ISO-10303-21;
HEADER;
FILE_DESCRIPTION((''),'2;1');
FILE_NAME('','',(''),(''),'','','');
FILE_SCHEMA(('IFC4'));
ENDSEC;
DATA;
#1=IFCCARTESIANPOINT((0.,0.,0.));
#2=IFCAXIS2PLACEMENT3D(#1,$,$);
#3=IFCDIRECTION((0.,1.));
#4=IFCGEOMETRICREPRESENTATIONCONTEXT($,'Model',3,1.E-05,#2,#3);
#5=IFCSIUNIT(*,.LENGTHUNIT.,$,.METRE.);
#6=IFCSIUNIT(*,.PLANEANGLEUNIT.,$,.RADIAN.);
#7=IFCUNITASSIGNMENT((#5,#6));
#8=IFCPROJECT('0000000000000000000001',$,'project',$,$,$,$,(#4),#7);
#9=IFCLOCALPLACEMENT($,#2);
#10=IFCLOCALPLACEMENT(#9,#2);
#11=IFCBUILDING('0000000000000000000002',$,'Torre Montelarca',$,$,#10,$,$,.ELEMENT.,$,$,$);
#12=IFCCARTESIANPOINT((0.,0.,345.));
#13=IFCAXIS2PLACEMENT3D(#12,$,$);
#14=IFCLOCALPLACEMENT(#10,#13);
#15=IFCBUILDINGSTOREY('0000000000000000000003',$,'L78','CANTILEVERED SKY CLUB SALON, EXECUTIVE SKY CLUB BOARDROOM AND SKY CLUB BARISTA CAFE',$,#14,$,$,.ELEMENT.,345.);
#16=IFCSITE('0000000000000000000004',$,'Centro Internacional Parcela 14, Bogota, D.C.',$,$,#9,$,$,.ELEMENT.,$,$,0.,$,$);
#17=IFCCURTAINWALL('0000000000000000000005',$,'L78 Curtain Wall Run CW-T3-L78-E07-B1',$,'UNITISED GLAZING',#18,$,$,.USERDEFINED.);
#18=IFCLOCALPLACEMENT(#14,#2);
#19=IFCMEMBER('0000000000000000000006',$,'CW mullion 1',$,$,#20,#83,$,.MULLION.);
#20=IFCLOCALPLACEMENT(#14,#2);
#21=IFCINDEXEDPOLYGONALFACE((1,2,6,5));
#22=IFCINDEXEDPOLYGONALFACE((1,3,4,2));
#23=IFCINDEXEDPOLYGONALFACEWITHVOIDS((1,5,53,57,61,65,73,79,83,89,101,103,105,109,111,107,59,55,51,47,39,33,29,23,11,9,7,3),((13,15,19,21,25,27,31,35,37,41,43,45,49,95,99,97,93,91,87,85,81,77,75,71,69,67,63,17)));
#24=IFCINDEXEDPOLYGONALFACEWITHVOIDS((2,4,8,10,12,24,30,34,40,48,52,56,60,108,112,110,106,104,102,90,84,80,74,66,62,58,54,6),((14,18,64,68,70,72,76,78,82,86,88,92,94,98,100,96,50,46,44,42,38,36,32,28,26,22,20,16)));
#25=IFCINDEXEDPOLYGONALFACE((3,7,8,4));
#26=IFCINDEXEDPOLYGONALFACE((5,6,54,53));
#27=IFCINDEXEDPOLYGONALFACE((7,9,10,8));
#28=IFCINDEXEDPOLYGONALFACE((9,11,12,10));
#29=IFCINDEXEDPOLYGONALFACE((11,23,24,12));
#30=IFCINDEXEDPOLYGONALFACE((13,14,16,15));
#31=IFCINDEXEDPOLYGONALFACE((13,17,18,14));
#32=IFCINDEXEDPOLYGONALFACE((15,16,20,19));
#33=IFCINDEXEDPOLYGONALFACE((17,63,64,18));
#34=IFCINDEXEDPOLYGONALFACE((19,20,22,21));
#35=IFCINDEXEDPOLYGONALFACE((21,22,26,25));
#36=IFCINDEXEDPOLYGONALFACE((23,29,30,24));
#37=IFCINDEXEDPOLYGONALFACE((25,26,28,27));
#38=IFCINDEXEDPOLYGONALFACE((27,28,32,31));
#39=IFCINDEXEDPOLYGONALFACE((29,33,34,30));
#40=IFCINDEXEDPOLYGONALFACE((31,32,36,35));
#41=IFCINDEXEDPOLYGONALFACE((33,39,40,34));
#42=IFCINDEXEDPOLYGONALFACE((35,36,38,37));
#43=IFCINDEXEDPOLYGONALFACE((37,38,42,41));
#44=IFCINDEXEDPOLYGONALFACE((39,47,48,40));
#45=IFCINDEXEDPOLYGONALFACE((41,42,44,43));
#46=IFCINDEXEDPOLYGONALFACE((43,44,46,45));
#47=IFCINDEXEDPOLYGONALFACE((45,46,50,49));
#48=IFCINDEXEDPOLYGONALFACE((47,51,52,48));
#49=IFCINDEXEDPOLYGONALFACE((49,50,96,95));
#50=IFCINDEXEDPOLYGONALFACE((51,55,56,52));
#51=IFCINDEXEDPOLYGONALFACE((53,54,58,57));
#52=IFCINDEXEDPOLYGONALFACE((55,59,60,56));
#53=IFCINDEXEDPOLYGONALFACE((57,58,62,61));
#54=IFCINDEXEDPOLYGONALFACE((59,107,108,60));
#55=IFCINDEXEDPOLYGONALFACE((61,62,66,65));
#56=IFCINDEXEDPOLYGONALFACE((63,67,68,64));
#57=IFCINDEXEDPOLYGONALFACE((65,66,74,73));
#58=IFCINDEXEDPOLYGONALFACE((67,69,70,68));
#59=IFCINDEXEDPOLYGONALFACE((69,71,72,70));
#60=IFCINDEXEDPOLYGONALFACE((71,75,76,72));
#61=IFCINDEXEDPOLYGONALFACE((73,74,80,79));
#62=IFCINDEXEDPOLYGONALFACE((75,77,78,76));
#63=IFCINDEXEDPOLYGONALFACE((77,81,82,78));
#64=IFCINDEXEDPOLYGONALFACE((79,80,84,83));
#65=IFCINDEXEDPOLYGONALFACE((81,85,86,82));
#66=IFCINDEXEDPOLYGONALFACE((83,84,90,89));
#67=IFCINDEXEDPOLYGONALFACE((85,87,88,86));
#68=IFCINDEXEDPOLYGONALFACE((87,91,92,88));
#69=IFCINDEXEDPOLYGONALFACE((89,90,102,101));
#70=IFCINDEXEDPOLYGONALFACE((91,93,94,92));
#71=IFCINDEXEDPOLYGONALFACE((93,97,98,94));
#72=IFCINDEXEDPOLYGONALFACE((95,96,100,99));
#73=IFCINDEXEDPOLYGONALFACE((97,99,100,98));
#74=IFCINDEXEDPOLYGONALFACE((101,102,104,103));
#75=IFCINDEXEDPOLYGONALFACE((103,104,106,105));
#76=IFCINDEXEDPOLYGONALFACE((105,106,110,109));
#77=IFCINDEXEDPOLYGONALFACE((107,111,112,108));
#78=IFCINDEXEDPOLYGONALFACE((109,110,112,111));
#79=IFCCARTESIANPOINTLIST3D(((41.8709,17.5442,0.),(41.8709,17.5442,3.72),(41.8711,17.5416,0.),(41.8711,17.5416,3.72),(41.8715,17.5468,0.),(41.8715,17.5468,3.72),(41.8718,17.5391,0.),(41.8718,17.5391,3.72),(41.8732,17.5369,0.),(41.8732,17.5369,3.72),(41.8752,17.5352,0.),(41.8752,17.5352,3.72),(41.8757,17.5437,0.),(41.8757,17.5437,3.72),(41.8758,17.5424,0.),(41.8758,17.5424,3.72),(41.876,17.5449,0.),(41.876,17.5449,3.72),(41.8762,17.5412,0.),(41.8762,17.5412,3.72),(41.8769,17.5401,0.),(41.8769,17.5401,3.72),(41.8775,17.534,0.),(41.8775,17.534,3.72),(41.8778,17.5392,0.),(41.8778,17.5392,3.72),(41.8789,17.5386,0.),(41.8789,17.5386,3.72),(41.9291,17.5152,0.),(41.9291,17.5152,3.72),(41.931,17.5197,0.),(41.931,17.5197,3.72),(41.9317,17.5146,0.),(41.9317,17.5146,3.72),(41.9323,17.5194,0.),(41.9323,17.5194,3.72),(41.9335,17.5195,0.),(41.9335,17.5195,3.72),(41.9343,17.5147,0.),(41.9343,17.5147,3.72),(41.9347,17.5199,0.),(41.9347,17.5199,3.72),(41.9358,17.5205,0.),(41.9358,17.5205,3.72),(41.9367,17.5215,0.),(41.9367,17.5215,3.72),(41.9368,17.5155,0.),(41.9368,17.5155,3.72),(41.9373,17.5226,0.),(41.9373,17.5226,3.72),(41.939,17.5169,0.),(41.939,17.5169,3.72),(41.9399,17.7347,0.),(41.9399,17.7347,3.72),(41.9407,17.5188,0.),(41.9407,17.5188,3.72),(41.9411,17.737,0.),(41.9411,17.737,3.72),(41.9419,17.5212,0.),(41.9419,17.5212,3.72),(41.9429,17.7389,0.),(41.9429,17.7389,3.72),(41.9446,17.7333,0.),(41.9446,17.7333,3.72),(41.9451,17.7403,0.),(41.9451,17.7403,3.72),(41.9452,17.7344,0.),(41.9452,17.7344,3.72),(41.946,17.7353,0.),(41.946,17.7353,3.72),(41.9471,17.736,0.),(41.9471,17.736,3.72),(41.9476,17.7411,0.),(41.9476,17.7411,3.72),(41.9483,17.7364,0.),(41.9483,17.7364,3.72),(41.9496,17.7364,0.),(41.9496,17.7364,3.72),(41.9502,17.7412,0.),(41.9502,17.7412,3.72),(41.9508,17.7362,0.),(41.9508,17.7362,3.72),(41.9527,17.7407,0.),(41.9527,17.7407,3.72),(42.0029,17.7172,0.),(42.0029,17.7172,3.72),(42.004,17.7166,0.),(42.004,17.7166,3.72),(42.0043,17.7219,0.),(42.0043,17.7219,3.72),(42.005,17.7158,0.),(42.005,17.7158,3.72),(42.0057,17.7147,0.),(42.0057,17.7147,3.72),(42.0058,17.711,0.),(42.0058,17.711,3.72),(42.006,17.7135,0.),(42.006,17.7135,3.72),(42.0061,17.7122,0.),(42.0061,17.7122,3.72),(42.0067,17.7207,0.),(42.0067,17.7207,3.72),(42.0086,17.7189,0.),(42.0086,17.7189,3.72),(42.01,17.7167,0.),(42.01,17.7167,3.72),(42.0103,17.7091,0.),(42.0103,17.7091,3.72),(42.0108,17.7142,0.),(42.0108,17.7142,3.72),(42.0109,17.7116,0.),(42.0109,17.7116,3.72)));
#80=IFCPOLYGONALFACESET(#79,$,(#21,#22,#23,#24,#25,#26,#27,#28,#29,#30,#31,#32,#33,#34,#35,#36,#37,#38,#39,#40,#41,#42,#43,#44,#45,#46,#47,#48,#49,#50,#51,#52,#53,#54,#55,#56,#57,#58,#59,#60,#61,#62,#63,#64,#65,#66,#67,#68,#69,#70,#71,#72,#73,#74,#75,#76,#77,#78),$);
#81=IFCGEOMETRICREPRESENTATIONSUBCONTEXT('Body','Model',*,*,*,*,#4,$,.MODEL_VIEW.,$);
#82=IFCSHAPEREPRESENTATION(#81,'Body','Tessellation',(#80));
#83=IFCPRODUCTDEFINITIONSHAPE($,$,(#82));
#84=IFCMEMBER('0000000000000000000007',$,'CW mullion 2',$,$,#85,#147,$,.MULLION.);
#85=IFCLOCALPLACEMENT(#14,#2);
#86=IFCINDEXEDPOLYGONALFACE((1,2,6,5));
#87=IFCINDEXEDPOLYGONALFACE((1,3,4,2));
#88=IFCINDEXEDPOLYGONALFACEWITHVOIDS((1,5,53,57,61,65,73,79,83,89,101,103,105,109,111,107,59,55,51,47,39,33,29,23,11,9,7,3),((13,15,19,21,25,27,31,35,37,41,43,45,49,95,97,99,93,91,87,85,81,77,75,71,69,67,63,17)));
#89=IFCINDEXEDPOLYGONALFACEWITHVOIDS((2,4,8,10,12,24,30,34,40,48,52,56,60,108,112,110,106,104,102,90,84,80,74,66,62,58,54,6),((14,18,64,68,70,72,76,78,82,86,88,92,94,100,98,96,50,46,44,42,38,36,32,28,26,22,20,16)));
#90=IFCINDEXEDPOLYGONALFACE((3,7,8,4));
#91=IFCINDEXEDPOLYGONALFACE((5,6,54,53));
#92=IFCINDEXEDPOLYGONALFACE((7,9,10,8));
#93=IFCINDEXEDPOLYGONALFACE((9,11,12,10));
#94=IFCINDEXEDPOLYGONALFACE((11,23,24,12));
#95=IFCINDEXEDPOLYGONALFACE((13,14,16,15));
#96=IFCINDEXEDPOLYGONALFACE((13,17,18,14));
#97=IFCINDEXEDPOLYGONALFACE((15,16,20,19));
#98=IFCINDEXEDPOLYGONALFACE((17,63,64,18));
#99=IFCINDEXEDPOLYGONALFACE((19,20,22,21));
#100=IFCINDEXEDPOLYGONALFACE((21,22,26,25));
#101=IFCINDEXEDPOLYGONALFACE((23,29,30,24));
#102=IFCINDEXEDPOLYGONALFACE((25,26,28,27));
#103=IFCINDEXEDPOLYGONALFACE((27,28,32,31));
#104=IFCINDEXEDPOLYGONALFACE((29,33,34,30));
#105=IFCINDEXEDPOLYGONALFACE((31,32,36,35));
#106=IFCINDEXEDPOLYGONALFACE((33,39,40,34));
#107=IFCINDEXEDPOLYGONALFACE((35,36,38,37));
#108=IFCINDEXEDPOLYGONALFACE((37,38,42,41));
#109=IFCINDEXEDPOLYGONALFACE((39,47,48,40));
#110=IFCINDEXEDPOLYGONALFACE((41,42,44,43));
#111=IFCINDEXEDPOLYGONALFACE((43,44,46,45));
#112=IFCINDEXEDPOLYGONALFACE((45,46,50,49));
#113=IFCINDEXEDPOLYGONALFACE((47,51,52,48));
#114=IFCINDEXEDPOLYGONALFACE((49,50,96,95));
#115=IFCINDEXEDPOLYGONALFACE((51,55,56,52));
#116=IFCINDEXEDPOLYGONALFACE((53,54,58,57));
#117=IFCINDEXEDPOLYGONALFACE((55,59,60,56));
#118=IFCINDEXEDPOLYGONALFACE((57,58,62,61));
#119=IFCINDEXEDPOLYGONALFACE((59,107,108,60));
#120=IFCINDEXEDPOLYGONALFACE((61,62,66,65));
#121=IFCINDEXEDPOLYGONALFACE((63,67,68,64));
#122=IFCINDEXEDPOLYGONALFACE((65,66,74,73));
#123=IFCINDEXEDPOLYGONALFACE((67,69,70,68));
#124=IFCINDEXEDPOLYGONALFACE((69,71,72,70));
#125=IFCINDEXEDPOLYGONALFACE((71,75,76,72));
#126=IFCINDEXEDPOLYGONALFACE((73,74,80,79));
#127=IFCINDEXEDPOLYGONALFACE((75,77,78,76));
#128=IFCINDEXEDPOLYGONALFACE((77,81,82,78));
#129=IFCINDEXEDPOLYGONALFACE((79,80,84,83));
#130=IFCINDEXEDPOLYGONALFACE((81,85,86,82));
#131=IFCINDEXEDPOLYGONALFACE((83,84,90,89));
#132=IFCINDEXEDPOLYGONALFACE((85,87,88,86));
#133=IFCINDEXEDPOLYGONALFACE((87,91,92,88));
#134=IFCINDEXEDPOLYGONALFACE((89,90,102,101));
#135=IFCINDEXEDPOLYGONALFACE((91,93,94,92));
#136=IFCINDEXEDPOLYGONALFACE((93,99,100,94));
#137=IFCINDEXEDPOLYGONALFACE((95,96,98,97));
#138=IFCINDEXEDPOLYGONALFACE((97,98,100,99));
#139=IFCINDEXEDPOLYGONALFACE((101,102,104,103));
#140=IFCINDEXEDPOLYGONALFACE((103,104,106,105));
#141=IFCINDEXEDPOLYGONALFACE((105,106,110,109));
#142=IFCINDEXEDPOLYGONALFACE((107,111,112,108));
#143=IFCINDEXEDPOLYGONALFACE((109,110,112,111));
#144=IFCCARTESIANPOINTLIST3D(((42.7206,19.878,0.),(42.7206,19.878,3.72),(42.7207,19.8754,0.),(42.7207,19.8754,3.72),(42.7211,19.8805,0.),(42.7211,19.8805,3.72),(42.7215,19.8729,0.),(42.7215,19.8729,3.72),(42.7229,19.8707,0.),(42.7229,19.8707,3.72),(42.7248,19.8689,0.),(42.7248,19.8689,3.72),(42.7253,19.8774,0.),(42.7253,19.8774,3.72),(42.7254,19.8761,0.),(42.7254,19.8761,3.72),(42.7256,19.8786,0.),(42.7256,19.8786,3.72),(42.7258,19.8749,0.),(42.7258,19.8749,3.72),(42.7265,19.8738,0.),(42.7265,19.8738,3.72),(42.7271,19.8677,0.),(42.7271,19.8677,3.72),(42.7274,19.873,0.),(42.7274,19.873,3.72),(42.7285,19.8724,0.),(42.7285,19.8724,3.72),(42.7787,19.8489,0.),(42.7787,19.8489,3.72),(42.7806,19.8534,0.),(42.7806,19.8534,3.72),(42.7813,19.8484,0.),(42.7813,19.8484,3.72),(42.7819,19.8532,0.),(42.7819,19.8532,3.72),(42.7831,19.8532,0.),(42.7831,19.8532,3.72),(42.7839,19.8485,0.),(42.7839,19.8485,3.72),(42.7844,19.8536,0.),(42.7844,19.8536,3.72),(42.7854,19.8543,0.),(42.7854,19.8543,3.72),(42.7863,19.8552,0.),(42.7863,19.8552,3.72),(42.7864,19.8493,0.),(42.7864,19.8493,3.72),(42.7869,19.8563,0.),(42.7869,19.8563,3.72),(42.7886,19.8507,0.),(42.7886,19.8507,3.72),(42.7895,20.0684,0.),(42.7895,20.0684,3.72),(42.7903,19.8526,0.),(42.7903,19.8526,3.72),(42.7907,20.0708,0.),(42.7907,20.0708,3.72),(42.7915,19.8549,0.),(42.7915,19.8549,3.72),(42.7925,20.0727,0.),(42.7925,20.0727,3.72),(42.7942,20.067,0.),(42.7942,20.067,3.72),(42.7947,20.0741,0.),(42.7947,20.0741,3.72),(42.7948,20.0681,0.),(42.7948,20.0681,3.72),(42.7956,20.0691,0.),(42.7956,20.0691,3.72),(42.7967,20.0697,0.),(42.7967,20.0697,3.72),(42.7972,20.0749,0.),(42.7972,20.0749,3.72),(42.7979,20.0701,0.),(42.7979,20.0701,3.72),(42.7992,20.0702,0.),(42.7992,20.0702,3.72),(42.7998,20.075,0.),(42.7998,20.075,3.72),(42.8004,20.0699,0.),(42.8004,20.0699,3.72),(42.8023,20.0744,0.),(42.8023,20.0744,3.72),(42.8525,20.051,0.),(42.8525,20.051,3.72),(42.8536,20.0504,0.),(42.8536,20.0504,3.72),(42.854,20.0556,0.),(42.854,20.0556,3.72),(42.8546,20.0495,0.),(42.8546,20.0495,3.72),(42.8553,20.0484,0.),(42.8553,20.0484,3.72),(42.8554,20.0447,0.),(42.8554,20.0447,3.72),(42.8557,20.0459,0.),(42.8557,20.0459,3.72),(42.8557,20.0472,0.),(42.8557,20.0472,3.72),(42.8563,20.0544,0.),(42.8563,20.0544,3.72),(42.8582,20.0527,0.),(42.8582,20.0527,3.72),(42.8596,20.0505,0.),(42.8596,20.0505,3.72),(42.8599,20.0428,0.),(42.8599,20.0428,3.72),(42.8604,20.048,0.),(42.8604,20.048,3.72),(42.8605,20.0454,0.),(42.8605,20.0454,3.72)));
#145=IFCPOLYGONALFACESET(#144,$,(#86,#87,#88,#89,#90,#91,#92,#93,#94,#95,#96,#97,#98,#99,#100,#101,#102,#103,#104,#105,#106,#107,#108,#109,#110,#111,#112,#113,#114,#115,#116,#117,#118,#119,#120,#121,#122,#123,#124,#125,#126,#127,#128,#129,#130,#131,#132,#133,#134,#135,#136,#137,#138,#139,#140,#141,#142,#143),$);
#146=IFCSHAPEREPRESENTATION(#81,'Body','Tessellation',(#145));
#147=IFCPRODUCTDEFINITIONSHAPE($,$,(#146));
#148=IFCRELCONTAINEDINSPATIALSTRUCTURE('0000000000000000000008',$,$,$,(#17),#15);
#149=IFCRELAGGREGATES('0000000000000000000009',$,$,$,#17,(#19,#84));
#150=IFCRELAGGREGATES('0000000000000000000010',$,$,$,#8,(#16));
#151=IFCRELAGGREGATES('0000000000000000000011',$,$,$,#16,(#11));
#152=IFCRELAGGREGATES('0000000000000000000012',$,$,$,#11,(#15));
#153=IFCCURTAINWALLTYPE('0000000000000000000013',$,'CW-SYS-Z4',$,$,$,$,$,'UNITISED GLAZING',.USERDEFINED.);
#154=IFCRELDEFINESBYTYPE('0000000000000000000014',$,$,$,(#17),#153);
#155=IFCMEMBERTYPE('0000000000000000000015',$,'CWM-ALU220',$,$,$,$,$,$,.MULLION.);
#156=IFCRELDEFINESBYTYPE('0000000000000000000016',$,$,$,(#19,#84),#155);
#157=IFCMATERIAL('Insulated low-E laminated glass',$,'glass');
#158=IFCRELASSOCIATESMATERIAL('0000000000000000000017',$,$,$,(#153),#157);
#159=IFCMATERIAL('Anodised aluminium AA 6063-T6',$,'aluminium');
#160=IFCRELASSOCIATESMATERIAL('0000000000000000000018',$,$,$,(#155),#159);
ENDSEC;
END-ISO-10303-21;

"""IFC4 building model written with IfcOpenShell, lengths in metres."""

from ifc_helpers import new_model, si_unit, direction, frame, origin, origin_2d, place, context, subcontext, project, spatial, hollow_rectangle, extrude, source, transform, mapped, material, material_profile, profile_set, type_object, element, aggregate, save


model = new_model("IFC4")

# Units and contexts
model_context = context("Model", 3, precision=1e-05, world=origin(), true_north=direction((0.0, 1.0)))
body_context = subcontext(model_context, "Body", "Model", "MODEL_VIEW")
ifc_project = project(units=[si_unit("LENGTHUNIT", "METRE"), si_unit("PLANEANGLEUNIT", "RADIAN")], contexts=[model_context])

# Site, building, storey
site_placement = place(None, origin())
site = spatial("IfcSite", under=ifc_project, at=site_placement, Name="Centro Internacional Parcela 14, Bogota, D.C.", CompositionType="ELEMENT", RefElevation=0.0)
building_placement = place(site_placement, origin())
building = spatial("IfcBuilding", under=site, at=building_placement, Name="Torre Montelarca", CompositionType="ELEMENT")
storey_placement = place(building_placement, frame((0.0, 0.0, 345.0)))
storey = spatial("IfcBuildingStorey", under=building, at=storey_placement, Name="L78", Description="CANTILEVERED SKY CLUB SALON, EXECUTIVE SKY CLUB BOARDROOM AND SKY CLUB BARISTA CAFE", CompositionType="ELEMENT", Elevation=345.0)

# Curtain wall, members
ifc_material_1 = material(Name="Insulated low-E laminated glass", Category="glass")
curtain_wall_type = type_object("IfcCurtainWallType", Name="CW-SYS-Z4", ElementType="UNITISED GLAZING", PredefinedType="USERDEFINED", material=ifc_material_1)
ifc_material_2 = material(Name="Anodised aluminium AA 6063-T6", Category="aluminium")
ifc_material_profile_1 = material_profile(ifc_material_2, hollow_rectangle(XDim=0.075, YDim=0.22, WallThickness=0.0049, InnerFilletRadius=0.0049, OuterFilletRadius=0.01, at=origin_2d()), Name="ALU75X220X5", Category="aluminium")
ifc_profile_set_1 = profile_set([ifc_material_profile_1], Name="Anodised aluminium AA 6063-T6")
member_type_1 = type_object("IfcMemberType", Name="CWM-ALU220", PredefinedType="MULLION", material=ifc_profile_set_1)
shared_shape_1 = source(origin(), body_context, "Body", "SweptSolid", [
    extrude(hollow_rectangle(XDim=0.075, YDim=0.22, WallThickness=0.0049, InnerFilletRadius=0.0049, OuterFilletRadius=0.01, at=origin_2d()), origin(), (0.0, 0.0, 1.0), 3.72),
])
curtain_wall_1_placement = place(storey_placement, origin())
curtain_wall_1 = element("IfcCurtainWall", 1, at=curtain_wall_1_placement, inside=storey, type_object=curtain_wall_type, Name="L78 Curtain Wall Run CW-T3-L78-E07-B1", ObjectType="UNITISED GLAZING", PredefinedType="USERDEFINED")
member_1_placement = place(storey_placement, frame((41.9409, 17.6279, 0.0), z_axis=(0.0, 0.0, 1.0), x_axis=(-0.939694, 0.342015, 0.0)))
member_1 = element("IfcMember", 2, at=member_1_placement, type_object=member_type_1, Name="CW mullion 1", PredefinedType="MULLION", context=body_context, shape_type="MappedRepresentation", body=[
    mapped(shared_shape_1, transform((0.0, 0.0, 0.0), scale=1.0)),
])
member_2_placement = place(storey_placement, frame((42.7905, 19.9617, 0.0), z_axis=(0.0, 0.0, 1.0), x_axis=(-0.939694, 0.342015, 0.0)))
member_2 = element("IfcMember", 3, at=member_2_placement, type_object=member_type_1, Name="CW mullion 2", PredefinedType="MULLION", context=body_context, shape_type="MappedRepresentation", body=[
    mapped(shared_shape_1, transform((0.0, 0.0, 0.0), scale=1.0)),
])

aggregate(curtain_wall_1, [member_1, member_2])

save(model, "model.ifc")
